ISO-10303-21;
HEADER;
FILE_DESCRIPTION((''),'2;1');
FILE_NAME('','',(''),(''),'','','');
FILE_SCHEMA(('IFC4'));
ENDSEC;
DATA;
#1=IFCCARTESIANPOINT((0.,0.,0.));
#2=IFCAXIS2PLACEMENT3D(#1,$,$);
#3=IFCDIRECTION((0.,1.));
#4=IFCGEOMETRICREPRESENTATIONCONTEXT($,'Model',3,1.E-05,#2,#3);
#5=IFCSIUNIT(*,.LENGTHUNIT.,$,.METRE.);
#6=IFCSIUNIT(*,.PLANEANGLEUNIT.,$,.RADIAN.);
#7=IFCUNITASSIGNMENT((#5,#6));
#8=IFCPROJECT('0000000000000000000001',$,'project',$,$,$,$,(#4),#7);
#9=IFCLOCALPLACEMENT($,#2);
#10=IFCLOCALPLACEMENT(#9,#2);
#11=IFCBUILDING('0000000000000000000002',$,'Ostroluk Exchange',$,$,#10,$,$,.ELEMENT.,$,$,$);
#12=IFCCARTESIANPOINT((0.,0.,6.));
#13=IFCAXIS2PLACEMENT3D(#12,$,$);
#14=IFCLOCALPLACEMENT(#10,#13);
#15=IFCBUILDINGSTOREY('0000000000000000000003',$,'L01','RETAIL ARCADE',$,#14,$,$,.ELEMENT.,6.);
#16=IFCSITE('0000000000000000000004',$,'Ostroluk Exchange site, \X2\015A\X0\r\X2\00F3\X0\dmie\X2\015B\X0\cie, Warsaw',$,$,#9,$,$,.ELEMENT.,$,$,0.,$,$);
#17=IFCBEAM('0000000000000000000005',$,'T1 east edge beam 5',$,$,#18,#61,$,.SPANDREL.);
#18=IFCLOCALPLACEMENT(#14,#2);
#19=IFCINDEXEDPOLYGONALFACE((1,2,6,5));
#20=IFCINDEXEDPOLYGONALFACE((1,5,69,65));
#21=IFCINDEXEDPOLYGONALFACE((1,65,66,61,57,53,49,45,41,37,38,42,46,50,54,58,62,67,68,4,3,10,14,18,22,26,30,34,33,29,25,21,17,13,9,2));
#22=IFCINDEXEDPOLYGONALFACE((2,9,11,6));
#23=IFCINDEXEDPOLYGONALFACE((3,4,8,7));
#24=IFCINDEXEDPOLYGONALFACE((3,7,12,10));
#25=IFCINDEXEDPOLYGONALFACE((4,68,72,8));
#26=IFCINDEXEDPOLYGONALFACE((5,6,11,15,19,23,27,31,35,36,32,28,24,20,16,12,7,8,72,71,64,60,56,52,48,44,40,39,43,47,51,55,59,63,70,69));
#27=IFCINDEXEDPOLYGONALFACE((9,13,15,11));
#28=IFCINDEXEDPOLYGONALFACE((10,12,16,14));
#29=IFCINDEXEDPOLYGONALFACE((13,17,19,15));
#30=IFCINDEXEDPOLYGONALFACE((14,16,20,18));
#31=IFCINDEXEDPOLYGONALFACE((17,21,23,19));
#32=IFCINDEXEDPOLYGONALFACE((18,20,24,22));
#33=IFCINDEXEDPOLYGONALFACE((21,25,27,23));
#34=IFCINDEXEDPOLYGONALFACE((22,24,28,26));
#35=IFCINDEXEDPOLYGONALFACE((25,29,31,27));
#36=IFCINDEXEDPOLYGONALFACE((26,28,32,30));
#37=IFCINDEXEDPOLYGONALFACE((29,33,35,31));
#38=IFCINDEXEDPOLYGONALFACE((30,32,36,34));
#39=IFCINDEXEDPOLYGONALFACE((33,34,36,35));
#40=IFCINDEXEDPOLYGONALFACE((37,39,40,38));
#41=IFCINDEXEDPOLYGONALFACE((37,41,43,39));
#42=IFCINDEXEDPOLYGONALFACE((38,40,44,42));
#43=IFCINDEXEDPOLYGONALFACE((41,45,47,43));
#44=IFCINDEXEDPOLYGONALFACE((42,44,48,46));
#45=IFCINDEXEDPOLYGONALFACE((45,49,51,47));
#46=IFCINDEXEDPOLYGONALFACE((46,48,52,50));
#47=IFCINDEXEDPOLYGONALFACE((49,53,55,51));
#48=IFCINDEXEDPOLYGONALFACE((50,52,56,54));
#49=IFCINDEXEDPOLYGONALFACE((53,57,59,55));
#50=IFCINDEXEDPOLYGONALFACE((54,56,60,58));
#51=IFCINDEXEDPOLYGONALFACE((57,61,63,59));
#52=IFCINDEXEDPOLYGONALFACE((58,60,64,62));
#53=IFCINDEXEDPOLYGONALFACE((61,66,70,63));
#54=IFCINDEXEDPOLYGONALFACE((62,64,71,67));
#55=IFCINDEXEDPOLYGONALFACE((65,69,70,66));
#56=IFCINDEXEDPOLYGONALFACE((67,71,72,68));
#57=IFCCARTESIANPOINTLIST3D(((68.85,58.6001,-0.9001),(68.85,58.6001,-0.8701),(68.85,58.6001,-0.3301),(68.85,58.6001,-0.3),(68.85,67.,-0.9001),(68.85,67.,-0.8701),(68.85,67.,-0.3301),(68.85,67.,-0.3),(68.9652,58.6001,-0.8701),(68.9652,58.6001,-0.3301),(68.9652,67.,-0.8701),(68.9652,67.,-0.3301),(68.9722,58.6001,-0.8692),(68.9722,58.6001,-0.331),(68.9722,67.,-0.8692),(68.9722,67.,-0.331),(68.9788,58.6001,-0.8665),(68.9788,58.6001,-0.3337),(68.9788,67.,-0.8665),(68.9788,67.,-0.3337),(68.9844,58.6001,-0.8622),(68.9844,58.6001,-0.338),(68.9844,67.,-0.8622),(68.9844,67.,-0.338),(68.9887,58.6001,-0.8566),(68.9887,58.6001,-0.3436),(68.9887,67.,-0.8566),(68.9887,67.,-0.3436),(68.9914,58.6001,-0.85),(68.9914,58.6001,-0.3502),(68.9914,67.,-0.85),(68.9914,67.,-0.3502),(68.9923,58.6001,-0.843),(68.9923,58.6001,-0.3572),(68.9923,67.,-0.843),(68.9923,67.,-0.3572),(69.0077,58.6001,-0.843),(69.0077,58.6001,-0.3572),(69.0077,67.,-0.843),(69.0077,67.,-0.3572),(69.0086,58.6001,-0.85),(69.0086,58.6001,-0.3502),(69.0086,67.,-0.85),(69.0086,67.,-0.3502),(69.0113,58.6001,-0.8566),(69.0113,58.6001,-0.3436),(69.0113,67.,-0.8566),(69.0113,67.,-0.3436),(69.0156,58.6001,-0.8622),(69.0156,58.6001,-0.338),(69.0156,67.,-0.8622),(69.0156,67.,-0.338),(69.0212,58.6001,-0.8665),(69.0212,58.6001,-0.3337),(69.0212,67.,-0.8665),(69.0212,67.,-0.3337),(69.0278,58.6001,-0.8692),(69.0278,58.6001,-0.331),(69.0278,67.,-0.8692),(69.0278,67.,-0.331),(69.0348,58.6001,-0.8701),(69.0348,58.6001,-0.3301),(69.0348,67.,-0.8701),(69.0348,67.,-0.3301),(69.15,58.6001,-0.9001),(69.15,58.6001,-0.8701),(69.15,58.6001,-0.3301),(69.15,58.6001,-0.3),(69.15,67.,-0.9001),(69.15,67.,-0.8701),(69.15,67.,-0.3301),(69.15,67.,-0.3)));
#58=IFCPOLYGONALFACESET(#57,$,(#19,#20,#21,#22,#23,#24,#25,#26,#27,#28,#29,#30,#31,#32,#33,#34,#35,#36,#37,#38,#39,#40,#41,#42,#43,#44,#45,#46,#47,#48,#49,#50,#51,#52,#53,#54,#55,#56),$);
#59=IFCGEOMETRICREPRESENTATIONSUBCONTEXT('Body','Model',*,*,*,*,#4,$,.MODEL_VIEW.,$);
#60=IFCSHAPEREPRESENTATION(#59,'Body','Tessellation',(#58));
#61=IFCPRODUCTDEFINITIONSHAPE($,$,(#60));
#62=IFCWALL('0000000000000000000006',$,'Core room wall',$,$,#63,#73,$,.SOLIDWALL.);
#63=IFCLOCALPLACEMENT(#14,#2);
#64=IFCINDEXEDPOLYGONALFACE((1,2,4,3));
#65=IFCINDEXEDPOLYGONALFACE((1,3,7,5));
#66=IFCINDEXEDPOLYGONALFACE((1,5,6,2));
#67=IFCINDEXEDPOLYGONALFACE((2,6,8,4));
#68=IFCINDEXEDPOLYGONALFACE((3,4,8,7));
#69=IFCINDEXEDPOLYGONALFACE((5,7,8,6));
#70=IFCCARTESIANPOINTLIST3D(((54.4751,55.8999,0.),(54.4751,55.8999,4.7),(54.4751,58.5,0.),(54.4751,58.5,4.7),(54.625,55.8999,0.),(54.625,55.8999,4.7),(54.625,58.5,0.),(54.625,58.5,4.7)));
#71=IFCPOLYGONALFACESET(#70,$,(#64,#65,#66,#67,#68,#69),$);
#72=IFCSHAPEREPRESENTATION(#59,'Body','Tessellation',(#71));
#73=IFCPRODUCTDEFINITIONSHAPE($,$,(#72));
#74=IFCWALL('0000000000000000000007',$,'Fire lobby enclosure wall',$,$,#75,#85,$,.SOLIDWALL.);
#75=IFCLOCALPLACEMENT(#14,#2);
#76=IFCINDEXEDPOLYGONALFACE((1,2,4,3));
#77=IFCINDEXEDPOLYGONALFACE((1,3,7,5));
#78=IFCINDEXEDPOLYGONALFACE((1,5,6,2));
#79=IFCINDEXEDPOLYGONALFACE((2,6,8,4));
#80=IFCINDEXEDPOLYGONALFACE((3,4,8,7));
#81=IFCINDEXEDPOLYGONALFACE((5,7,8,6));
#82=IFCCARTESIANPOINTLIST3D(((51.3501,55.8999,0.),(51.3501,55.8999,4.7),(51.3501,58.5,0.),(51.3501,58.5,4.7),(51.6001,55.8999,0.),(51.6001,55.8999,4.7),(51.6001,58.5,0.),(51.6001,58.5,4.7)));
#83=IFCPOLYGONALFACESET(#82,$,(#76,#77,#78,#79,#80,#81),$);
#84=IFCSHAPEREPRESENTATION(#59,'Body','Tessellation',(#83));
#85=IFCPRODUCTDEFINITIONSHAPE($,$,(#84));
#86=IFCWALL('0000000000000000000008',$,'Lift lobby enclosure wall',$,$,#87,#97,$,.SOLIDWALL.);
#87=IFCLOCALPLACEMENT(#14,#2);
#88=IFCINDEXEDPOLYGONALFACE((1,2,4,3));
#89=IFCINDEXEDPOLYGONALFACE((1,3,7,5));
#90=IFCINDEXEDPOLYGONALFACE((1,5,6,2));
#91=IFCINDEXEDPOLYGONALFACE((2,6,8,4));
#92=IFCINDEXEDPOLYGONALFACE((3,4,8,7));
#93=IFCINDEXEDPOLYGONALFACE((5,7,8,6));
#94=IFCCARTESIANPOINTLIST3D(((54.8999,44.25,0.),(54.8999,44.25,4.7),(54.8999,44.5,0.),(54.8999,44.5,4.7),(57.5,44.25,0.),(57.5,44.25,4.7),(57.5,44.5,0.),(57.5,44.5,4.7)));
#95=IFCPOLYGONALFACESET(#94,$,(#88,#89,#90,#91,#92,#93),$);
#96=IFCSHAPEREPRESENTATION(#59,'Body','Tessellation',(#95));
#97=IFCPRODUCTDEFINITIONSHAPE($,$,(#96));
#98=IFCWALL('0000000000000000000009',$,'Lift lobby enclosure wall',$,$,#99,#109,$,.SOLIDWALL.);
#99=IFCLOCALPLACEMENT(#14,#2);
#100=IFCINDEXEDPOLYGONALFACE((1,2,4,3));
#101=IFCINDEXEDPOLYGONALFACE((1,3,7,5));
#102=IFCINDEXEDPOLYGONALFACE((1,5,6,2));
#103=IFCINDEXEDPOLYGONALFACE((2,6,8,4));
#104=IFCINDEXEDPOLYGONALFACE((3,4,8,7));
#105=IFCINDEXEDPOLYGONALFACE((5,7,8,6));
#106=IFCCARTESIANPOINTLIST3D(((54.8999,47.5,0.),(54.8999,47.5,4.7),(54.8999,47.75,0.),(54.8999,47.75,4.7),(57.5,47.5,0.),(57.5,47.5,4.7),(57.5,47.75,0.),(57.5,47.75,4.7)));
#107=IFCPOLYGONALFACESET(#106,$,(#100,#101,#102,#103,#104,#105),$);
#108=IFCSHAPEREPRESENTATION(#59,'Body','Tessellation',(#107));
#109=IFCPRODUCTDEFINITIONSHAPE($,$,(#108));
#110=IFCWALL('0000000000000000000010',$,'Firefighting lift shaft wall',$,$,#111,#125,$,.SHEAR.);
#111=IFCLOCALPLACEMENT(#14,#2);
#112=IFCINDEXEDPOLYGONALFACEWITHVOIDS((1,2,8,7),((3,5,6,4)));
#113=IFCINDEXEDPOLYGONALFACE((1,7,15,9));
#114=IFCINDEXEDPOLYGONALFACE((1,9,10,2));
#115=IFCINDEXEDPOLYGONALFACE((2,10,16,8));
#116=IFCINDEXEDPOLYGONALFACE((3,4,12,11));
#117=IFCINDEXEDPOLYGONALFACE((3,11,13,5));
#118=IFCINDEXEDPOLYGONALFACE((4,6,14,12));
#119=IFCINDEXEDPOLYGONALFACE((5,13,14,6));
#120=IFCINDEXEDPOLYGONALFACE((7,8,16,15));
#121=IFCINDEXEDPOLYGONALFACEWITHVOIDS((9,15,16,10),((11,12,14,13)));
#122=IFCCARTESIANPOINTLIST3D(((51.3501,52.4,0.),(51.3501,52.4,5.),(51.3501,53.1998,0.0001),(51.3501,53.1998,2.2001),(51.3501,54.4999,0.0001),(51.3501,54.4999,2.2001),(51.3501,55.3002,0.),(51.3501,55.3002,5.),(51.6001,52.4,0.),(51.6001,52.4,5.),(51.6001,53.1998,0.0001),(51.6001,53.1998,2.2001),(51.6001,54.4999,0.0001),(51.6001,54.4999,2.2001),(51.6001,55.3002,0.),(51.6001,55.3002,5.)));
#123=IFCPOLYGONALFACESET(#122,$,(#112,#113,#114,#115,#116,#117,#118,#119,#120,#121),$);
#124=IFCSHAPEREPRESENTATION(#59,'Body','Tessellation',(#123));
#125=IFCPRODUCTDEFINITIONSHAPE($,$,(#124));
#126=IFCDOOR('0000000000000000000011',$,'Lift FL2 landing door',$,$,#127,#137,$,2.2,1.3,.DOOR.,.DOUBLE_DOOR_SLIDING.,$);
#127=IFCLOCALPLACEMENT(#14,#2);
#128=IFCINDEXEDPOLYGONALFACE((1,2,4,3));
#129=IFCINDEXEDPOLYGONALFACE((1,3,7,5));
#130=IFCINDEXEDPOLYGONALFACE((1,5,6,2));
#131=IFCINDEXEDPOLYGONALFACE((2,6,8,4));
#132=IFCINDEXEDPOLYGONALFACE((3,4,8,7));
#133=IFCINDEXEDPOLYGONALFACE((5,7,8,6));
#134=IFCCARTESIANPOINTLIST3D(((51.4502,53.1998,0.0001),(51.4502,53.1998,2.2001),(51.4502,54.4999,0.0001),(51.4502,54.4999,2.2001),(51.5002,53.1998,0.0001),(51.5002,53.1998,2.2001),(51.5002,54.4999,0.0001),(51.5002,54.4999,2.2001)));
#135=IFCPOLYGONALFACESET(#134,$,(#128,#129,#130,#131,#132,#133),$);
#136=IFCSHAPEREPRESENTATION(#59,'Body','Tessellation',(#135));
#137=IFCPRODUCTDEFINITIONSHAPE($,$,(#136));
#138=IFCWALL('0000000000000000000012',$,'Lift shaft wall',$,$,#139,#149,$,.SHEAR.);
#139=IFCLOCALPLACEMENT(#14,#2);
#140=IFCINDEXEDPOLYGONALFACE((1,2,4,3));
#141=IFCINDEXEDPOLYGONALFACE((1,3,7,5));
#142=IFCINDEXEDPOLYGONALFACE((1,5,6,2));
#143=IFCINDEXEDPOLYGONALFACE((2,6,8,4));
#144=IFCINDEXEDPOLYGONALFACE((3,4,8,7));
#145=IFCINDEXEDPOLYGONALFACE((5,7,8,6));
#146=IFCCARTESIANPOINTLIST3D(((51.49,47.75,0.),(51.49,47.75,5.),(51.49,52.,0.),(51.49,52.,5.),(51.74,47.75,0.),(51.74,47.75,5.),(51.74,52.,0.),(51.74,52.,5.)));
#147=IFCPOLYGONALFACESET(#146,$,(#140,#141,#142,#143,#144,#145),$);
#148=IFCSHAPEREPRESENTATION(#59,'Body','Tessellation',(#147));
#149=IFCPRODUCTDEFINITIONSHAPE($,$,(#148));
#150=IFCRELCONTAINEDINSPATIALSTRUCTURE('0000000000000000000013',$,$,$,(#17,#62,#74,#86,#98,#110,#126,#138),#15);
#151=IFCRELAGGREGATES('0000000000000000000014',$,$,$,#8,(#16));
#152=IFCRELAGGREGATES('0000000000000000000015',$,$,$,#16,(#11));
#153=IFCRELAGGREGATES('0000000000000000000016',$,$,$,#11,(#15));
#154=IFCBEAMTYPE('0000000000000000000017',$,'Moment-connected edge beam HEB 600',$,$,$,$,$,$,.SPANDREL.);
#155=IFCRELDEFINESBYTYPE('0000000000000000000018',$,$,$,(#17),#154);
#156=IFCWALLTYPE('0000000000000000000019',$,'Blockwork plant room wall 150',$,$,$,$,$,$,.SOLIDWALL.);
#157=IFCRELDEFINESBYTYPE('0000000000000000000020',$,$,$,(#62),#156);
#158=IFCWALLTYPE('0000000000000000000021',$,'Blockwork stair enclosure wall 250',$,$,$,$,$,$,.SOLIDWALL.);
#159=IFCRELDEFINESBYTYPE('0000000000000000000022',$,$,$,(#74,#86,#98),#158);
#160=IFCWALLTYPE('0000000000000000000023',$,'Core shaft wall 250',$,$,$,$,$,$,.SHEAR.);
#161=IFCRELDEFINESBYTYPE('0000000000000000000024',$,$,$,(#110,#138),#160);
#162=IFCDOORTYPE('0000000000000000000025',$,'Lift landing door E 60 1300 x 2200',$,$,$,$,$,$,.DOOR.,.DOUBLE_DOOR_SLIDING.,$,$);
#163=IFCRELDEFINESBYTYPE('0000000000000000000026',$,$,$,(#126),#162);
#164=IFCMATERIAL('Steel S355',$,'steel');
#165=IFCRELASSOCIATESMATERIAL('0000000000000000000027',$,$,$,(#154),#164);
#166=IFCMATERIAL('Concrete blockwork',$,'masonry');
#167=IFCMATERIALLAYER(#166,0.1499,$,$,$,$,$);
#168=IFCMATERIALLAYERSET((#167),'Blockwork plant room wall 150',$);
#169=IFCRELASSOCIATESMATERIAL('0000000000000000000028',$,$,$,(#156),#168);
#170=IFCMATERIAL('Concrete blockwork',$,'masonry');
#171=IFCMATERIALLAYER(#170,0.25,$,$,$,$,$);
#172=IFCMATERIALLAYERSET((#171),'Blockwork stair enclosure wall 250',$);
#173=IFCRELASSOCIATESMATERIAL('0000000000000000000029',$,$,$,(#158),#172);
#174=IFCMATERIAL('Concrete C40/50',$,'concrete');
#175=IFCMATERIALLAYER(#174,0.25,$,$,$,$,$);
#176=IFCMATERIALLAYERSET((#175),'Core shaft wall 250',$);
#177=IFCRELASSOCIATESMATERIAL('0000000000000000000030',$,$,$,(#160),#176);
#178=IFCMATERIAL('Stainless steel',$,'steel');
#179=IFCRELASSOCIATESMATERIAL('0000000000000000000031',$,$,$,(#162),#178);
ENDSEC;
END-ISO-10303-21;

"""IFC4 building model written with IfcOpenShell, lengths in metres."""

from ifc_helpers import new_model, si_unit, direction, frame, frame_2d, origin, origin_2d, place, context, subcontext, project, spatial, rectangle, i_section, extrude, material, layer, layer_set, material_profile, profile_set, type_object, element, fill, save


model = new_model("IFC4")

# Units and contexts
model_context = context("Model", 3, precision=1e-05, world=origin(), true_north=direction((0.0, 1.0)))
body_context = subcontext(model_context, "Body", "Model", "MODEL_VIEW")
ifc_project = project(units=[si_unit("LENGTHUNIT", "METRE"), si_unit("PLANEANGLEUNIT", "RADIAN")], contexts=[model_context])

# Site, building, storey
site_placement = place(None, origin())
site = spatial("IfcSite", under=ifc_project, at=site_placement, Name="Ostroluk Exchange site, Śródmieście, Warsaw", CompositionType="ELEMENT", RefElevation=0.0)
building_placement = place(site_placement, origin())
building = spatial("IfcBuilding", under=site, at=building_placement, Name="Ostroluk Exchange", CompositionType="ELEMENT")
storey_placement = place(building_placement, frame((0.0, 0.0, 6.0)))
storey = spatial("IfcBuildingStorey", under=building, at=storey_placement, Name="L01", Description="RETAIL ARCADE", CompositionType="ELEMENT", Elevation=6.0)

# Beam
ifc_material_1 = material(Name="Steel S355", Category="steel")
ifc_material_profile_1 = material_profile(ifc_material_1, i_section(OverallWidth=0.3, OverallDepth=0.6001, WebThickness=0.0154, FlangeThickness=0.03, FilletRadius=0.0271, at=origin_2d()), Name="HEB 600")
ifc_profile_set_1 = profile_set([ifc_material_profile_1], Name="Steel S355")
beam_type_1 = type_object("IfcBeamType", Name="Moment-connected edge beam HEB 600", PredefinedType="SPANDREL", material=ifc_profile_set_1)
beam_1_placement = place(storey_placement, frame((69.0, 58.6001, -0.6001), z_axis=(0.0, 1.0, 0.0), x_axis=(-1.0, 0.0, 0.0)))
element("IfcBeam", 1, at=beam_1_placement, inside=storey, type_object=beam_type_1, Name="T1 east edge beam 5", PredefinedType="SPANDREL", context=body_context, shape_type="SweptSolid", body=[
    extrude(i_section(OverallWidth=0.3, OverallDepth=0.6001, WebThickness=0.0154, FlangeThickness=0.03, FilletRadius=0.0271, at=origin_2d()), origin(), (0.0, 0.0, 1.0), 8.3999),
])

# Walls
ifc_material_2 = material(Name="Concrete blockwork", Category="masonry")
ifc_layer_1 = layer(ifc_material_2, 0.1499)
ifc_layer_set_1 = layer_set([ifc_layer_1], Name="Blockwork plant room wall 150")
wall_type_1 = type_object("IfcWallType", Name="Blockwork plant room wall 150", PredefinedType="SOLIDWALL", material=ifc_layer_set_1)
wall_1_placement = place(storey_placement, frame((54.55, 55.8999, 0.0), z_axis=(0.0, 0.0, 1.0), x_axis=(0.0, 1.0, 0.0)))
element("IfcWall", 2, at=wall_1_placement, inside=storey, type_object=wall_type_1, Name="Core room wall", PredefinedType="SOLIDWALL", context=body_context, shape_type="SweptSolid", body=[
    extrude(rectangle(XDim=2.6001, YDim=0.1499, at=frame_2d((1.3, 0.0))), origin(), (0.0, 0.0, 1.0), 4.7),
])
ifc_material_3 = material(Name="Concrete blockwork", Category="masonry")
ifc_layer_2 = layer(ifc_material_3, 0.25)
ifc_layer_set_2 = layer_set([ifc_layer_2], Name="Blockwork stair enclosure wall 250")
wall_type_2 = type_object("IfcWallType", Name="Blockwork stair enclosure wall 250", PredefinedType="SOLIDWALL", material=ifc_layer_set_2)
for number, where, z_axis, x_axis, name in (
    (3, (51.4751, 55.8999, 0.0), (0.0, 0.0, 1.0), (0.0, 1.0, 0.0), "Fire lobby enclosure wall"),
    (4, (54.8999, 44.375, 0.0), (0.0, 0.0, 1.0), (1.0, 0.0, 0.0), "Lift lobby enclosure wall"),
    (5, (54.8999, 47.625, 0.0), (0.0, 0.0, 1.0), (1.0, 0.0, 0.0), "Lift lobby enclosure wall"),
):
    element("IfcWall", number, at=place(storey_placement, frame(where, z_axis=z_axis, x_axis=x_axis)), inside=storey, type_object=wall_type_2, Name=name, PredefinedType="SOLIDWALL", context=body_context, shape_type="SweptSolid", body=[
        extrude(rectangle(XDim=2.6001, YDim=0.25, at=frame_2d((1.3, 0.0))), origin(), (0.0, 0.0, 1.0), 4.7),
    ])

# Wall, opening, door
ifc_material_4 = material(Name="Concrete C40/50", Category="concrete")
ifc_layer_3 = layer(ifc_material_4, 0.25)
ifc_layer_set_3 = layer_set([ifc_layer_3], Name="Core shaft wall 250")
wall_type_3 = type_object("IfcWallType", Name="Core shaft wall 250", PredefinedType="SHEAR", material=ifc_layer_set_3)
wall_2_placement = place(storey_placement, frame((51.4751, 52.3999, 0.0), z_axis=(0.0, 0.0, 1.0), x_axis=(0.0, 1.0, 0.0)))
wall_2 = element("IfcWall", 6, at=wall_2_placement, inside=storey, type_object=wall_type_3, Name="Firefighting lift shaft wall", PredefinedType="SHEAR", context=body_context, shape_type="SweptSolid", body=[
    extrude(rectangle(XDim=2.9001, YDim=0.25, at=frame_2d((1.4502, 0.0))), origin(), (0.0, 0.0, 1.0), 5.0),
])
opening_1_placement = place(wall_2_placement, frame((0.8, 0.0, 0.0)))
opening_1 = element("IfcOpeningElement", 7, at=opening_1_placement, cuts=wall_2, PredefinedType="OPENING", context=body_context, shape_type="SweptSolid", body=[
    extrude(rectangle(XDim=1.3, YDim=2.2, at=frame_2d((0.6499, 1.1001))), frame((0.0, 0.135, 0.0), z_axis=(0.0, -1.0, 0.0), x_axis=(1.0, 0.0, 0.0)), (0.0, 0.0, 1.0), 0.27),
])
ifc_material_5 = material(Name="Stainless steel", Category="steel")
door_type = type_object("IfcDoorType", Name="Lift landing door E 60 1300 x 2200", OperationType="DOUBLE_DOOR_SLIDING", PredefinedType="DOOR", material=ifc_material_5)
door_1_placement = place(opening_1_placement, origin())
door_1 = element("IfcDoor", 8, at=door_1_placement, inside=storey, type_object=door_type, Name="Lift FL2 landing door", OperationType="DOUBLE_DOOR_SLIDING", OverallHeight=2.2, OverallWidth=1.3, PredefinedType="DOOR", context=body_context, shape_type="SweptSolid", body=[
    extrude(rectangle(XDim=1.3, YDim=2.2, at=frame_2d((0.6499, 1.1001))), frame((0.0, 0.0249, 0.0), z_axis=(0.0, -1.0, 0.0), x_axis=(1.0, 0.0, 0.0)), (0.0, 0.0, 1.0), 0.05),
])
fill(opening_1, door_1)

# Wall
wall_3_placement = place(storey_placement, frame((51.615, 47.75, 0.0), z_axis=(0.0, 0.0, 1.0), x_axis=(0.0, 1.0, 0.0)))
element("IfcWall", 9, at=wall_3_placement, inside=storey, type_object=wall_type_3, Name="Lift shaft wall", PredefinedType="SHEAR", context=body_context, shape_type="SweptSolid", body=[
    extrude(rectangle(XDim=4.25, YDim=0.25, at=frame_2d((2.125, 0.0))), origin(), (0.0, 0.0, 1.0), 5.0),
])

save(model, "model.ifc")
